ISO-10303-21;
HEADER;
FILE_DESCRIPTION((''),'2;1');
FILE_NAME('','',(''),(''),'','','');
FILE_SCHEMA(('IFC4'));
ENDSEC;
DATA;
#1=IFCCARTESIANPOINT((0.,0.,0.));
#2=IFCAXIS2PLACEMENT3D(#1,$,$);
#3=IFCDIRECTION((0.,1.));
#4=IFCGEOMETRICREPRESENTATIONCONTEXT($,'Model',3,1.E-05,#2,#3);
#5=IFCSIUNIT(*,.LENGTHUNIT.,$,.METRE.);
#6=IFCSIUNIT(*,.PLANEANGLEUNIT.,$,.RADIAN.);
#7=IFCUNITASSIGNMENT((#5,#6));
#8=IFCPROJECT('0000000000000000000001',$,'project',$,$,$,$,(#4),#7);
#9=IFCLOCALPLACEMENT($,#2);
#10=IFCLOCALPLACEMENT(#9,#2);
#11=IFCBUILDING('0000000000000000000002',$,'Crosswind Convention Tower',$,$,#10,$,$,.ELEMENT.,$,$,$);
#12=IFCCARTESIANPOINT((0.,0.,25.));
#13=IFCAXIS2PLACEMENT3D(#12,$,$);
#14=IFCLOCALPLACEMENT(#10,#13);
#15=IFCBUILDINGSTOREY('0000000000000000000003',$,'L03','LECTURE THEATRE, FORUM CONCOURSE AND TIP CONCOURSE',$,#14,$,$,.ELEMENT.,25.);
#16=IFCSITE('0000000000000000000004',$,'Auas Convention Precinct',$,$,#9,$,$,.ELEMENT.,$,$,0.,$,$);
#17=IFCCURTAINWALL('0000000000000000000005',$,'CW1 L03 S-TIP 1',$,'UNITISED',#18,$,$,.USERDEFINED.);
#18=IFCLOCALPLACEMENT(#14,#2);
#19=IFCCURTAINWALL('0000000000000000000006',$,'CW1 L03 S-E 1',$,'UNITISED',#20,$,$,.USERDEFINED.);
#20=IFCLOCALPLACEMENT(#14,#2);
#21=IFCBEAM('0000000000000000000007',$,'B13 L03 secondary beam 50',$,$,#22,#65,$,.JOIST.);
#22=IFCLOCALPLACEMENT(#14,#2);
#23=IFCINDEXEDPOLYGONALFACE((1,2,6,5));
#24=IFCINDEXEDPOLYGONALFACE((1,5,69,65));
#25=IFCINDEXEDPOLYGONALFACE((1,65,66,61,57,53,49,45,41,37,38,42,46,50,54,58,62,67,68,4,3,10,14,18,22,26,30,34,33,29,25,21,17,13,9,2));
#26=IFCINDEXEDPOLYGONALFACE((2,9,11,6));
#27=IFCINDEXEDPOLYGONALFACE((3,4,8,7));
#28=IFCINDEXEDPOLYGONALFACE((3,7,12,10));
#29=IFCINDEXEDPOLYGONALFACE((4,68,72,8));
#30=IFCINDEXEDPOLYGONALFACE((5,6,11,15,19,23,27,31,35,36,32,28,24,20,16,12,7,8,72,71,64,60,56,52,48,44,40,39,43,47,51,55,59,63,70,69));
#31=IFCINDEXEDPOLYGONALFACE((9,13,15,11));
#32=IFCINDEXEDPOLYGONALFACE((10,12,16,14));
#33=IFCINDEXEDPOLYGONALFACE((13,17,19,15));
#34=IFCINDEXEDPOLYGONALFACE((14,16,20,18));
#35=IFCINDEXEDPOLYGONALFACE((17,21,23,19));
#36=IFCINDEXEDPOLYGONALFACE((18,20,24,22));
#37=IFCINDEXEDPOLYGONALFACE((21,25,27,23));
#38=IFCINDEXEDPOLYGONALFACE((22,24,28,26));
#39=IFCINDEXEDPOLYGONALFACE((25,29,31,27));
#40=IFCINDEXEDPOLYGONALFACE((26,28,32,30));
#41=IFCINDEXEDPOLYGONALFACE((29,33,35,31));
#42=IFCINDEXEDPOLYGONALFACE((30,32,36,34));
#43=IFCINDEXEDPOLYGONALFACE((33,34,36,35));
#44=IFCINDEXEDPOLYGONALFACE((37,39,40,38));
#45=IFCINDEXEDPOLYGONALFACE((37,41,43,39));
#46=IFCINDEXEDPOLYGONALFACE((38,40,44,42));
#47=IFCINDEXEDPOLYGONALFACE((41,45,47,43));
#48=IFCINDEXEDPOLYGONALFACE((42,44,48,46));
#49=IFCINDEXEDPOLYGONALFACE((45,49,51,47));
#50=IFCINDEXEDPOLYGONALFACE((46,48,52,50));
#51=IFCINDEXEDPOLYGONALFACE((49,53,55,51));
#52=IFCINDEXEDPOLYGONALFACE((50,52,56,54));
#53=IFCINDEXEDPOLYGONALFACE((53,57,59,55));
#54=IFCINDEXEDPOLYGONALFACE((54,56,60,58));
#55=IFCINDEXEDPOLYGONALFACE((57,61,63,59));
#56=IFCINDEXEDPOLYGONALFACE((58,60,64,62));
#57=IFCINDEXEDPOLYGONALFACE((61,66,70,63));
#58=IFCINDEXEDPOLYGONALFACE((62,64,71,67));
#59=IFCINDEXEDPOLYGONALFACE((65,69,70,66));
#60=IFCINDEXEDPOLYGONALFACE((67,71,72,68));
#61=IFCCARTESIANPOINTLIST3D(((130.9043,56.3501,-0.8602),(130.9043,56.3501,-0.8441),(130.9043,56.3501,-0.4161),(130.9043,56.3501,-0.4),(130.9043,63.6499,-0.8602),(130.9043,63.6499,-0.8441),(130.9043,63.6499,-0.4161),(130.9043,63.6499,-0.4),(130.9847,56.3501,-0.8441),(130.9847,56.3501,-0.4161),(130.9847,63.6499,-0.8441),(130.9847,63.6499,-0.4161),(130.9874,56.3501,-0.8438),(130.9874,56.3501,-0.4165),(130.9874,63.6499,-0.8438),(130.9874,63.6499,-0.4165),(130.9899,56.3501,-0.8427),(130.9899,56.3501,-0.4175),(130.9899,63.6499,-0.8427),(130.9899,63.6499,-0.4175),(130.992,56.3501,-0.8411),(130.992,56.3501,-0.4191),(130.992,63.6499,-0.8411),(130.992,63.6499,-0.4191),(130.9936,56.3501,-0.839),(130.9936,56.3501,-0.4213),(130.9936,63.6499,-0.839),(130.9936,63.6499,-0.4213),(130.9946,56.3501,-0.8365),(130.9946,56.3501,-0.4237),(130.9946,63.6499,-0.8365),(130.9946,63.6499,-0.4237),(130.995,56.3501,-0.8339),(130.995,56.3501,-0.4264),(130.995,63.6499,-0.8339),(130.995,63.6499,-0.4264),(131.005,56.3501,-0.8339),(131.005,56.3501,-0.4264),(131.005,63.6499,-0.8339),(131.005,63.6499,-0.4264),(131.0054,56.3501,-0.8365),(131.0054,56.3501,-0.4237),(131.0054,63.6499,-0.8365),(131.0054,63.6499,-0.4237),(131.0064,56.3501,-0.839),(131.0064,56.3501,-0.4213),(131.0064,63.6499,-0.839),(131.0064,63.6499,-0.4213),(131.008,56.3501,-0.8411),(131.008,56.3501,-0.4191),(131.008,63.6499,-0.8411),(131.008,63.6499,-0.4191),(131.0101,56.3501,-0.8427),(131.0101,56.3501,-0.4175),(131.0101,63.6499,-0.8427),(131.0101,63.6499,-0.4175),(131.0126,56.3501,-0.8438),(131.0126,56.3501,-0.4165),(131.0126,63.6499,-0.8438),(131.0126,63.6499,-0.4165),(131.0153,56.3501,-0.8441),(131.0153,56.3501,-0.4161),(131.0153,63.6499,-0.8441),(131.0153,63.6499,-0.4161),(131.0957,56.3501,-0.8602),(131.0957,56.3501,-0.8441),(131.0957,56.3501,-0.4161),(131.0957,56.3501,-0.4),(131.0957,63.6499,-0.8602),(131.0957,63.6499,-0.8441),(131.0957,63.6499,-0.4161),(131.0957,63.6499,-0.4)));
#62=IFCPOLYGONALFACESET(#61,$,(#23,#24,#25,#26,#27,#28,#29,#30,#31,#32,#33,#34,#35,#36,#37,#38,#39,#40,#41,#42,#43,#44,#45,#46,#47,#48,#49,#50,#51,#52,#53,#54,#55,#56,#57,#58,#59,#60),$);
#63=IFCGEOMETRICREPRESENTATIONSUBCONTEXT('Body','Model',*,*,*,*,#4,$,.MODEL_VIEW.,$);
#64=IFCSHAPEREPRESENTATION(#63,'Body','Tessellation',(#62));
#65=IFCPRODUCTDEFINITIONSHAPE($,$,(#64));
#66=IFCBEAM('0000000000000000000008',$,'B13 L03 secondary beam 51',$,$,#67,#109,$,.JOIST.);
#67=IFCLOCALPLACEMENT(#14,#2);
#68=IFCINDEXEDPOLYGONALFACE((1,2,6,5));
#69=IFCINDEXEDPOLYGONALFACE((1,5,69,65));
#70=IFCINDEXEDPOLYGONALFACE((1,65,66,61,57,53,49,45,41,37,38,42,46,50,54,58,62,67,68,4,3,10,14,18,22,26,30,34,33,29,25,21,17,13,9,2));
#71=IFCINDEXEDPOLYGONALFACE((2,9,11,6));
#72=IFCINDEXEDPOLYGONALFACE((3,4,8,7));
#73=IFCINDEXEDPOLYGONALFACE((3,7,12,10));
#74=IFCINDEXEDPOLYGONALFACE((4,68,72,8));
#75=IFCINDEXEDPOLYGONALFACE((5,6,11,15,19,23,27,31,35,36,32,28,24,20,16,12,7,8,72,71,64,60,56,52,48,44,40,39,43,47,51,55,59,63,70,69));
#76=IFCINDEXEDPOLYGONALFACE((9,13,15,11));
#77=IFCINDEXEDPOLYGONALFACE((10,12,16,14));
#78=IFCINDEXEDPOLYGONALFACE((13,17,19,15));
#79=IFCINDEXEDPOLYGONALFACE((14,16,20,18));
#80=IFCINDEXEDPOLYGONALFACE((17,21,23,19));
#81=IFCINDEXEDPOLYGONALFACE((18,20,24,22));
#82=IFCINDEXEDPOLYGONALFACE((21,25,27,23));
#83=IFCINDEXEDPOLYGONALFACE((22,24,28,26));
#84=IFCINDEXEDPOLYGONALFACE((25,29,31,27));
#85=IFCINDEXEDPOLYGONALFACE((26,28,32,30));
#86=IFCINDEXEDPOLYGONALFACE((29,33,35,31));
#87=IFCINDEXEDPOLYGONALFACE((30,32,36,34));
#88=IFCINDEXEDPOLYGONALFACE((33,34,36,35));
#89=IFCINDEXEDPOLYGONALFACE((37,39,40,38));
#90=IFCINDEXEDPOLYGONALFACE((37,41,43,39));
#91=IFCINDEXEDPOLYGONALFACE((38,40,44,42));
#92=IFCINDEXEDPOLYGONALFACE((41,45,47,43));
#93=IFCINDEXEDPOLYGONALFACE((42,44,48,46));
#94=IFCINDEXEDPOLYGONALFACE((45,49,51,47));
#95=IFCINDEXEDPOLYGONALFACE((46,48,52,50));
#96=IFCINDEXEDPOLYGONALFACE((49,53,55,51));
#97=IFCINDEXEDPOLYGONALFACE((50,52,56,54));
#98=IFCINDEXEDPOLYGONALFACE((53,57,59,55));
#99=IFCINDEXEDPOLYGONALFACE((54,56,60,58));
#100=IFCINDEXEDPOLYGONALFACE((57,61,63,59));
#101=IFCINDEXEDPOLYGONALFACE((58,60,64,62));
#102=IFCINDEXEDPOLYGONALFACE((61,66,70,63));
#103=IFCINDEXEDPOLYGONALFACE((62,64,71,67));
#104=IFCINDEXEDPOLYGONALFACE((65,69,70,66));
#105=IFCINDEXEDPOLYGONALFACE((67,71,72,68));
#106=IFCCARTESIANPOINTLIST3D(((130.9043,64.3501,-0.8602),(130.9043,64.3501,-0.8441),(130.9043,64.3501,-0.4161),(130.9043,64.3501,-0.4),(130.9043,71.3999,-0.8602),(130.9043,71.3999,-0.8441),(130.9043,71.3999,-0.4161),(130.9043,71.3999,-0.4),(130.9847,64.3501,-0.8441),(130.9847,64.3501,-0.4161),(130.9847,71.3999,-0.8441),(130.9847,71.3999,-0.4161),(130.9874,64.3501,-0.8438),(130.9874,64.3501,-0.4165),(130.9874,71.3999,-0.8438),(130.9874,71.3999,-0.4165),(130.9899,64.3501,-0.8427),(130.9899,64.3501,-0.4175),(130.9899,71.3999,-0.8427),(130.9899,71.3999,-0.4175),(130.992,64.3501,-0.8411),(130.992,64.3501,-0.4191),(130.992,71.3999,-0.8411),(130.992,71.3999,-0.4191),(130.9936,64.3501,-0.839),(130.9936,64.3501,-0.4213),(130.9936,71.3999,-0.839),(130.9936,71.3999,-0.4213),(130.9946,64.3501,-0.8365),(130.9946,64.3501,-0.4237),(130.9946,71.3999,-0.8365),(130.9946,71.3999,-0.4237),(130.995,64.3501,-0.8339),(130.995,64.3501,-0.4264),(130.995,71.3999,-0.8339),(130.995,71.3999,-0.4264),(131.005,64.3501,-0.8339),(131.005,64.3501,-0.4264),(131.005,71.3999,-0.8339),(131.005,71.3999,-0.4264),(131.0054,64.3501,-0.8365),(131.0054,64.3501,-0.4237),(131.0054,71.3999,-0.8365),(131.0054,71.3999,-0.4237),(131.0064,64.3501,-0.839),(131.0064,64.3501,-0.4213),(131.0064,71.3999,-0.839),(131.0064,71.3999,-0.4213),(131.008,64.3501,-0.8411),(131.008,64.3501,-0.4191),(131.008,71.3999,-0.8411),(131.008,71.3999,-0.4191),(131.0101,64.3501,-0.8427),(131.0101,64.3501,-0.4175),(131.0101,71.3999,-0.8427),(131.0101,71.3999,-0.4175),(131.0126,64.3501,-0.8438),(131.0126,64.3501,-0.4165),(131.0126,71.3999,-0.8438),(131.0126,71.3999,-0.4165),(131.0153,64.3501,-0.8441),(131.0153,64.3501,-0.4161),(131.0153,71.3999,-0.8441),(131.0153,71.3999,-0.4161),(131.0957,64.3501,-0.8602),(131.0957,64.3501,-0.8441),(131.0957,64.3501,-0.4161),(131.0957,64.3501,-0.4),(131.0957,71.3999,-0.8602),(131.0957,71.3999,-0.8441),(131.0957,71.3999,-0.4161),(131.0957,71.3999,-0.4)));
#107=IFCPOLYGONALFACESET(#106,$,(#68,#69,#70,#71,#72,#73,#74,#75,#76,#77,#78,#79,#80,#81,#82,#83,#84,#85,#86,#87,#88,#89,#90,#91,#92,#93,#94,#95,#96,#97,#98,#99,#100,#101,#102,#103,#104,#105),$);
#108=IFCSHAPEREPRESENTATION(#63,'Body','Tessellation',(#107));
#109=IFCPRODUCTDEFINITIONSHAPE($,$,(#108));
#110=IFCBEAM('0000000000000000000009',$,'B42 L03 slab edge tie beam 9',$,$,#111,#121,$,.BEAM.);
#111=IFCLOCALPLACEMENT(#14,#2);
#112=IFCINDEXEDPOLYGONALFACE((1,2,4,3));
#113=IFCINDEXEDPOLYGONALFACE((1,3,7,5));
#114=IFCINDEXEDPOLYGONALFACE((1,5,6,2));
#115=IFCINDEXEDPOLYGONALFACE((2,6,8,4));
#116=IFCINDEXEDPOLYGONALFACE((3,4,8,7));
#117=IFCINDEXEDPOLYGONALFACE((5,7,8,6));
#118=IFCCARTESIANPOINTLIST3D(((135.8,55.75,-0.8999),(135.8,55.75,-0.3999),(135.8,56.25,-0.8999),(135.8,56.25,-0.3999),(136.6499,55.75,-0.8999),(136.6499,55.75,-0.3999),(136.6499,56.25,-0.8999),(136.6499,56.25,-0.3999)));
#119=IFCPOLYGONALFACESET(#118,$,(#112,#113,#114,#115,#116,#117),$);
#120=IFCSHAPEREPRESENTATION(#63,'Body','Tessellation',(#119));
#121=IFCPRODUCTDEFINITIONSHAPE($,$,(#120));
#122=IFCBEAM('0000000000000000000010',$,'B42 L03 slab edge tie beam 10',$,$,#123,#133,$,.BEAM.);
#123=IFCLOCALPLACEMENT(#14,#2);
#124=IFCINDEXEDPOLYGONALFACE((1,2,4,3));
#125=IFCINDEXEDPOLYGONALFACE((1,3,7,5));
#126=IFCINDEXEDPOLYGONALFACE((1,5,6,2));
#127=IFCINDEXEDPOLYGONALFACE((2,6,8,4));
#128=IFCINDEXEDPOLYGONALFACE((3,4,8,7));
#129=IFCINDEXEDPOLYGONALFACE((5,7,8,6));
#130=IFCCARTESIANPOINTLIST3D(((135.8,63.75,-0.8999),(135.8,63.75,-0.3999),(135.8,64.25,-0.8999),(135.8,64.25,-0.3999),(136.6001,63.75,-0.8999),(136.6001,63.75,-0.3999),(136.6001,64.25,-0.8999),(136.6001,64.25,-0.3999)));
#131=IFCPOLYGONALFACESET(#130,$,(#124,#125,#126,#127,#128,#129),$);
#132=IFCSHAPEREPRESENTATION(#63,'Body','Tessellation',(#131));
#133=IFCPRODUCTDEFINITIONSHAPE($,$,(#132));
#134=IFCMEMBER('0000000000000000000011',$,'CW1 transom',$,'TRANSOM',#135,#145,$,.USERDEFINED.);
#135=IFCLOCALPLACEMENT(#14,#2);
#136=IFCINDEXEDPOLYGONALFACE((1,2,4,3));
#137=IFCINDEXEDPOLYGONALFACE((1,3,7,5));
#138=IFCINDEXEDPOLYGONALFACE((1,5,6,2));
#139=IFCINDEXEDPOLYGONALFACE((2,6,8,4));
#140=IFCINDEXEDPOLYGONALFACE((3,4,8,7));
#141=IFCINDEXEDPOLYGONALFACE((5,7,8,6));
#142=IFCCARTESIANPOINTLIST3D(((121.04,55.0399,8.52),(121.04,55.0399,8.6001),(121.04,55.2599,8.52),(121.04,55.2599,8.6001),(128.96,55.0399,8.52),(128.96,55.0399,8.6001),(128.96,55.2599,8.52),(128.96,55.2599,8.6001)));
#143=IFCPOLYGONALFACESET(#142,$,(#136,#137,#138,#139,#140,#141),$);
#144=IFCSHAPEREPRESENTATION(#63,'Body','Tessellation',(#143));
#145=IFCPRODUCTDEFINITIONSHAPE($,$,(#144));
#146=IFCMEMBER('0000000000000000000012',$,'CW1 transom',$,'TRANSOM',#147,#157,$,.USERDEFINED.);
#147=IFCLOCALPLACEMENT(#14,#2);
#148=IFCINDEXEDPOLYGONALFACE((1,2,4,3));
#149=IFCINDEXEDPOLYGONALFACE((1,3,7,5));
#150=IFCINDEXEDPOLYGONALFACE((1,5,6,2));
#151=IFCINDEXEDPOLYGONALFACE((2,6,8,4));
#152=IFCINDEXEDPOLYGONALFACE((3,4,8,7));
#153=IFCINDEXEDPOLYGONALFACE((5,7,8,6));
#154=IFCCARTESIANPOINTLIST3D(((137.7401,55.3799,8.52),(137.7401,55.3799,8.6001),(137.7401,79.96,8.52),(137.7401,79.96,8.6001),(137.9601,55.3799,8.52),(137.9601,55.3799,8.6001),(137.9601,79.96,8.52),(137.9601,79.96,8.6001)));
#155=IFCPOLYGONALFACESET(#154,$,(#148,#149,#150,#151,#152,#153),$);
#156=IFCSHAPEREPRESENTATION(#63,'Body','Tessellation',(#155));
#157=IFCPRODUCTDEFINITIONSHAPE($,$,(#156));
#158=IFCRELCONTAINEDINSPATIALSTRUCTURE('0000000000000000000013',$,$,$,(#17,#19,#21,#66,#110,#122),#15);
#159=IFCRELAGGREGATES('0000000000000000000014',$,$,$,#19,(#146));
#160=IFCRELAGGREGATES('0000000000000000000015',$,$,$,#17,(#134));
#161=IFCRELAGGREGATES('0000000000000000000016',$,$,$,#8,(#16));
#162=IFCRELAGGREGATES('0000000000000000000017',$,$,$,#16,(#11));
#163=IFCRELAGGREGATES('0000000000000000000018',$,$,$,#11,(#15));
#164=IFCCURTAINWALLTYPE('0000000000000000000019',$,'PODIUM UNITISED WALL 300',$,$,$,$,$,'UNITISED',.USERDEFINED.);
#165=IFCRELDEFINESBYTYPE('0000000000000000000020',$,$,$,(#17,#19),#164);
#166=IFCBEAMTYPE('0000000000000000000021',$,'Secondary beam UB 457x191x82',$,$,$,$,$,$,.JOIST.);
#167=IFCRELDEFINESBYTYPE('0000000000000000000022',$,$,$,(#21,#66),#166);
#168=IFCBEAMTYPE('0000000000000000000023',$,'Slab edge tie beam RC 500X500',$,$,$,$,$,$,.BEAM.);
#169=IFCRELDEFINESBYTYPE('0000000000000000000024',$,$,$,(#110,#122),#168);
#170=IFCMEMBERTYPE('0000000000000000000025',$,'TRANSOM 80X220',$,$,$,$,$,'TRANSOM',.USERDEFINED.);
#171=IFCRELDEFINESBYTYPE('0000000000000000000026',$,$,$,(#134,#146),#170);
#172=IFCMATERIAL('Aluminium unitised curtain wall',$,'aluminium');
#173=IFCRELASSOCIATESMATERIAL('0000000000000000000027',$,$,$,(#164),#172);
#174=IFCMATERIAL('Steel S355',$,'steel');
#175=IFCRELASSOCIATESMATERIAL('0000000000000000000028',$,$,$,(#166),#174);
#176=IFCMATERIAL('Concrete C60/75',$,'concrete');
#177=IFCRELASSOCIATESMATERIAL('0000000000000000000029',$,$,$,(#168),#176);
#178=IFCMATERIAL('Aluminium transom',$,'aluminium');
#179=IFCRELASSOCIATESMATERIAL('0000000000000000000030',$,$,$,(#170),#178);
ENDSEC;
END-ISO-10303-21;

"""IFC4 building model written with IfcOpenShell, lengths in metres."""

from ifc_helpers import new_model, si_unit, direction, frame, origin, origin_2d, place, context, subcontext, project, spatial, rectangle, i_section, extrude, material, material_profile, profile_set, type_object, element, aggregate, save


model = new_model("IFC4")

# Units and contexts
model_context = context("Model", 3, precision=1e-05, world=origin(), true_north=direction((0.0, 1.0)))
body_context = subcontext(model_context, "Body", "Model", "MODEL_VIEW")
ifc_project = project(units=[si_unit("LENGTHUNIT", "METRE"), si_unit("PLANEANGLEUNIT", "RADIAN")], contexts=[model_context])

# Site, building, storey
site_placement = place(None, origin())
site = spatial("IfcSite", under=ifc_project, at=site_placement, Name="Auas Convention Precinct", CompositionType="ELEMENT", RefElevation=0.0)
building_placement = place(site_placement, origin())
building = spatial("IfcBuilding", under=site, at=building_placement, Name="Crosswind Convention Tower", CompositionType="ELEMENT")
storey_placement = place(building_placement, frame((0.0, 0.0, 25.0)))
storey = spatial("IfcBuildingStorey", under=building, at=storey_placement, Name="L03", Description="LECTURE THEATRE, FORUM CONCOURSE AND TIP CONCOURSE", CompositionType="ELEMENT", Elevation=25.0)

# Shared definitions
ifc_material_1 = material(Name="Concrete C60/75", Category="concrete")

# Shared definitions
ifc_material_2 = material(Name="Steel S355", Category="steel")

# Curtain wall
ifc_material_3 = material(Name="Aluminium unitised curtain wall", Category="aluminium")
curtain_wall_type = type_object("IfcCurtainWallType", Name="PODIUM UNITISED WALL 300", ElementType="UNITISED", PredefinedType="USERDEFINED", material=ifc_material_3)
curtain_wall_1_placement = place(storey_placement, origin())
curtain_wall_1 = element("IfcCurtainWall", 1, at=curtain_wall_1_placement, inside=storey, type_object=curtain_wall_type, Name="CW1 L03 S-TIP 1", ObjectType="UNITISED", PredefinedType="USERDEFINED")

# Curtain wall
curtain_wall_2_placement = place(storey_placement, origin())
curtain_wall_2 = element("IfcCurtainWall", 2, at=curtain_wall_2_placement, inside=storey, type_object=curtain_wall_type, Name="CW1 L03 S-E 1", ObjectType="UNITISED", PredefinedType="USERDEFINED")

# Beams
ifc_material_profile_1 = material_profile(ifc_material_2, i_section(OverallWidth=0.1914, OverallDepth=0.4602, WebThickness=0.01, FlangeThickness=0.0161, FilletRadius=0.0103, at=origin_2d()), Name="UB 457x191x82")
ifc_profile_set_1 = profile_set([ifc_material_profile_1], Name="Steel S355")
beam_type_1 = type_object("IfcBeamType", Name="Secondary beam UB 457x191x82", PredefinedType="JOIST", material=ifc_profile_set_1)
beam_1_placement = place(storey_placement, frame((131.0, 56.3501, -0.6301), z_axis=(0.0, 1.0, 0.0), x_axis=(-1.0, 0.0, 0.0)))
element("IfcBeam", 3, at=beam_1_placement, inside=storey, type_object=beam_type_1, Name="B13 L03 secondary beam 50", PredefinedType="JOIST", context=body_context, shape_type="SweptSolid", body=[
    extrude(i_section(OverallWidth=0.1914, OverallDepth=0.4602, WebThickness=0.01, FlangeThickness=0.0161, FilletRadius=0.0103, at=origin_2d()), origin(), (0.0, 0.0, 1.0), 7.2998),
])
beam_2_placement = place(storey_placement, frame((131.0, 64.3501, -0.6301), z_axis=(0.0, 1.0, 0.0), x_axis=(-1.0, 0.0, 0.0)))
element("IfcBeam", 4, at=beam_2_placement, inside=storey, type_object=beam_type_1, Name="B13 L03 secondary beam 51", PredefinedType="JOIST", context=body_context, shape_type="SweptSolid", body=[
    extrude(i_section(OverallWidth=0.1914, OverallDepth=0.4602, WebThickness=0.01, FlangeThickness=0.0161, FilletRadius=0.0103, at=origin_2d()), origin(), (0.0, 0.0, 1.0), 7.0498),
])
ifc_material_profile_2 = material_profile(ifc_material_1, rectangle(XDim=0.5, YDim=0.5, at=origin_2d()), Name="RC 500X500")
ifc_profile_set_2 = profile_set([ifc_material_profile_2], Name="Concrete C60/75")
beam_type_2 = type_object("IfcBeamType", Name="Slab edge tie beam RC 500X500", PredefinedType="BEAM", material=ifc_profile_set_2)
beam_3_placement = place(storey_placement, frame((135.8, 56.0, -0.6499), z_axis=(1.0, 0.0, 0.0), x_axis=(0.0, 1.0, 0.0)))
element("IfcBeam", 5, at=beam_3_placement, inside=storey, type_object=beam_type_2, Name="B42 L03 slab edge tie beam 9", PredefinedType="BEAM", context=body_context, shape_type="SweptSolid", body=[
    extrude(rectangle(XDim=0.5, YDim=0.5, at=origin_2d()), origin(), (0.0, 0.0, 1.0), 0.8499),
])
beam_4_placement = place(storey_placement, frame((135.8, 64.0, -0.6499), z_axis=(1.0, 0.0, 0.0), x_axis=(0.0, 1.0, 0.0)))
element("IfcBeam", 6, at=beam_4_placement, inside=storey, type_object=beam_type_2, Name="B42 L03 slab edge tie beam 10", PredefinedType="BEAM", context=body_context, shape_type="SweptSolid", body=[
    extrude(rectangle(XDim=0.5, YDim=0.5, at=origin_2d()), origin(), (0.0, 0.0, 1.0), 0.8),
])

# Members
ifc_material_4 = material(Name="Aluminium transom", Category="aluminium")
ifc_material_profile_3 = material_profile(ifc_material_4, rectangle(XDim=0.22, YDim=0.0801, at=origin_2d()), Name="AL 220X80")
ifc_profile_set_3 = profile_set([ifc_material_profile_3], Name="Aluminium transom")
member_type_1 = type_object("IfcMemberType", Name="TRANSOM 80X220", ElementType="TRANSOM", PredefinedType="USERDEFINED", material=ifc_profile_set_3)
member_1_placement = place(storey_placement, frame((121.04, 55.1499, 8.5601), z_axis=(1.0, 0.0, 0.0), x_axis=(0.0, 1.0, 0.0)))
member_1 = element("IfcMember", 7, at=member_1_placement, type_object=member_type_1, Name="CW1 transom", ObjectType="TRANSOM", PredefinedType="USERDEFINED", context=body_context, shape_type="SweptSolid", body=[
    extrude(rectangle(XDim=0.22, YDim=0.0801, at=origin_2d()), origin(), (0.0, 0.0, 1.0), 7.9199),
])
member_2_placement = place(storey_placement, frame((137.8501, 55.3799, 8.5601), z_axis=(0.0, 1.0, 0.0), x_axis=(-1.0, 0.0, 0.0)))
member_2 = element("IfcMember", 8, at=member_2_placement, type_object=member_type_1, Name="CW1 transom", ObjectType="TRANSOM", PredefinedType="USERDEFINED", context=body_context, shape_type="SweptSolid", body=[
    extrude(rectangle(XDim=0.22, YDim=0.0801, at=origin_2d()), origin(), (0.0, 0.0, 1.0), 24.5801),
])
aggregate(curtain_wall_2, [member_2])

aggregate(curtain_wall_1, [member_1])

save(model, "model.ifc")
